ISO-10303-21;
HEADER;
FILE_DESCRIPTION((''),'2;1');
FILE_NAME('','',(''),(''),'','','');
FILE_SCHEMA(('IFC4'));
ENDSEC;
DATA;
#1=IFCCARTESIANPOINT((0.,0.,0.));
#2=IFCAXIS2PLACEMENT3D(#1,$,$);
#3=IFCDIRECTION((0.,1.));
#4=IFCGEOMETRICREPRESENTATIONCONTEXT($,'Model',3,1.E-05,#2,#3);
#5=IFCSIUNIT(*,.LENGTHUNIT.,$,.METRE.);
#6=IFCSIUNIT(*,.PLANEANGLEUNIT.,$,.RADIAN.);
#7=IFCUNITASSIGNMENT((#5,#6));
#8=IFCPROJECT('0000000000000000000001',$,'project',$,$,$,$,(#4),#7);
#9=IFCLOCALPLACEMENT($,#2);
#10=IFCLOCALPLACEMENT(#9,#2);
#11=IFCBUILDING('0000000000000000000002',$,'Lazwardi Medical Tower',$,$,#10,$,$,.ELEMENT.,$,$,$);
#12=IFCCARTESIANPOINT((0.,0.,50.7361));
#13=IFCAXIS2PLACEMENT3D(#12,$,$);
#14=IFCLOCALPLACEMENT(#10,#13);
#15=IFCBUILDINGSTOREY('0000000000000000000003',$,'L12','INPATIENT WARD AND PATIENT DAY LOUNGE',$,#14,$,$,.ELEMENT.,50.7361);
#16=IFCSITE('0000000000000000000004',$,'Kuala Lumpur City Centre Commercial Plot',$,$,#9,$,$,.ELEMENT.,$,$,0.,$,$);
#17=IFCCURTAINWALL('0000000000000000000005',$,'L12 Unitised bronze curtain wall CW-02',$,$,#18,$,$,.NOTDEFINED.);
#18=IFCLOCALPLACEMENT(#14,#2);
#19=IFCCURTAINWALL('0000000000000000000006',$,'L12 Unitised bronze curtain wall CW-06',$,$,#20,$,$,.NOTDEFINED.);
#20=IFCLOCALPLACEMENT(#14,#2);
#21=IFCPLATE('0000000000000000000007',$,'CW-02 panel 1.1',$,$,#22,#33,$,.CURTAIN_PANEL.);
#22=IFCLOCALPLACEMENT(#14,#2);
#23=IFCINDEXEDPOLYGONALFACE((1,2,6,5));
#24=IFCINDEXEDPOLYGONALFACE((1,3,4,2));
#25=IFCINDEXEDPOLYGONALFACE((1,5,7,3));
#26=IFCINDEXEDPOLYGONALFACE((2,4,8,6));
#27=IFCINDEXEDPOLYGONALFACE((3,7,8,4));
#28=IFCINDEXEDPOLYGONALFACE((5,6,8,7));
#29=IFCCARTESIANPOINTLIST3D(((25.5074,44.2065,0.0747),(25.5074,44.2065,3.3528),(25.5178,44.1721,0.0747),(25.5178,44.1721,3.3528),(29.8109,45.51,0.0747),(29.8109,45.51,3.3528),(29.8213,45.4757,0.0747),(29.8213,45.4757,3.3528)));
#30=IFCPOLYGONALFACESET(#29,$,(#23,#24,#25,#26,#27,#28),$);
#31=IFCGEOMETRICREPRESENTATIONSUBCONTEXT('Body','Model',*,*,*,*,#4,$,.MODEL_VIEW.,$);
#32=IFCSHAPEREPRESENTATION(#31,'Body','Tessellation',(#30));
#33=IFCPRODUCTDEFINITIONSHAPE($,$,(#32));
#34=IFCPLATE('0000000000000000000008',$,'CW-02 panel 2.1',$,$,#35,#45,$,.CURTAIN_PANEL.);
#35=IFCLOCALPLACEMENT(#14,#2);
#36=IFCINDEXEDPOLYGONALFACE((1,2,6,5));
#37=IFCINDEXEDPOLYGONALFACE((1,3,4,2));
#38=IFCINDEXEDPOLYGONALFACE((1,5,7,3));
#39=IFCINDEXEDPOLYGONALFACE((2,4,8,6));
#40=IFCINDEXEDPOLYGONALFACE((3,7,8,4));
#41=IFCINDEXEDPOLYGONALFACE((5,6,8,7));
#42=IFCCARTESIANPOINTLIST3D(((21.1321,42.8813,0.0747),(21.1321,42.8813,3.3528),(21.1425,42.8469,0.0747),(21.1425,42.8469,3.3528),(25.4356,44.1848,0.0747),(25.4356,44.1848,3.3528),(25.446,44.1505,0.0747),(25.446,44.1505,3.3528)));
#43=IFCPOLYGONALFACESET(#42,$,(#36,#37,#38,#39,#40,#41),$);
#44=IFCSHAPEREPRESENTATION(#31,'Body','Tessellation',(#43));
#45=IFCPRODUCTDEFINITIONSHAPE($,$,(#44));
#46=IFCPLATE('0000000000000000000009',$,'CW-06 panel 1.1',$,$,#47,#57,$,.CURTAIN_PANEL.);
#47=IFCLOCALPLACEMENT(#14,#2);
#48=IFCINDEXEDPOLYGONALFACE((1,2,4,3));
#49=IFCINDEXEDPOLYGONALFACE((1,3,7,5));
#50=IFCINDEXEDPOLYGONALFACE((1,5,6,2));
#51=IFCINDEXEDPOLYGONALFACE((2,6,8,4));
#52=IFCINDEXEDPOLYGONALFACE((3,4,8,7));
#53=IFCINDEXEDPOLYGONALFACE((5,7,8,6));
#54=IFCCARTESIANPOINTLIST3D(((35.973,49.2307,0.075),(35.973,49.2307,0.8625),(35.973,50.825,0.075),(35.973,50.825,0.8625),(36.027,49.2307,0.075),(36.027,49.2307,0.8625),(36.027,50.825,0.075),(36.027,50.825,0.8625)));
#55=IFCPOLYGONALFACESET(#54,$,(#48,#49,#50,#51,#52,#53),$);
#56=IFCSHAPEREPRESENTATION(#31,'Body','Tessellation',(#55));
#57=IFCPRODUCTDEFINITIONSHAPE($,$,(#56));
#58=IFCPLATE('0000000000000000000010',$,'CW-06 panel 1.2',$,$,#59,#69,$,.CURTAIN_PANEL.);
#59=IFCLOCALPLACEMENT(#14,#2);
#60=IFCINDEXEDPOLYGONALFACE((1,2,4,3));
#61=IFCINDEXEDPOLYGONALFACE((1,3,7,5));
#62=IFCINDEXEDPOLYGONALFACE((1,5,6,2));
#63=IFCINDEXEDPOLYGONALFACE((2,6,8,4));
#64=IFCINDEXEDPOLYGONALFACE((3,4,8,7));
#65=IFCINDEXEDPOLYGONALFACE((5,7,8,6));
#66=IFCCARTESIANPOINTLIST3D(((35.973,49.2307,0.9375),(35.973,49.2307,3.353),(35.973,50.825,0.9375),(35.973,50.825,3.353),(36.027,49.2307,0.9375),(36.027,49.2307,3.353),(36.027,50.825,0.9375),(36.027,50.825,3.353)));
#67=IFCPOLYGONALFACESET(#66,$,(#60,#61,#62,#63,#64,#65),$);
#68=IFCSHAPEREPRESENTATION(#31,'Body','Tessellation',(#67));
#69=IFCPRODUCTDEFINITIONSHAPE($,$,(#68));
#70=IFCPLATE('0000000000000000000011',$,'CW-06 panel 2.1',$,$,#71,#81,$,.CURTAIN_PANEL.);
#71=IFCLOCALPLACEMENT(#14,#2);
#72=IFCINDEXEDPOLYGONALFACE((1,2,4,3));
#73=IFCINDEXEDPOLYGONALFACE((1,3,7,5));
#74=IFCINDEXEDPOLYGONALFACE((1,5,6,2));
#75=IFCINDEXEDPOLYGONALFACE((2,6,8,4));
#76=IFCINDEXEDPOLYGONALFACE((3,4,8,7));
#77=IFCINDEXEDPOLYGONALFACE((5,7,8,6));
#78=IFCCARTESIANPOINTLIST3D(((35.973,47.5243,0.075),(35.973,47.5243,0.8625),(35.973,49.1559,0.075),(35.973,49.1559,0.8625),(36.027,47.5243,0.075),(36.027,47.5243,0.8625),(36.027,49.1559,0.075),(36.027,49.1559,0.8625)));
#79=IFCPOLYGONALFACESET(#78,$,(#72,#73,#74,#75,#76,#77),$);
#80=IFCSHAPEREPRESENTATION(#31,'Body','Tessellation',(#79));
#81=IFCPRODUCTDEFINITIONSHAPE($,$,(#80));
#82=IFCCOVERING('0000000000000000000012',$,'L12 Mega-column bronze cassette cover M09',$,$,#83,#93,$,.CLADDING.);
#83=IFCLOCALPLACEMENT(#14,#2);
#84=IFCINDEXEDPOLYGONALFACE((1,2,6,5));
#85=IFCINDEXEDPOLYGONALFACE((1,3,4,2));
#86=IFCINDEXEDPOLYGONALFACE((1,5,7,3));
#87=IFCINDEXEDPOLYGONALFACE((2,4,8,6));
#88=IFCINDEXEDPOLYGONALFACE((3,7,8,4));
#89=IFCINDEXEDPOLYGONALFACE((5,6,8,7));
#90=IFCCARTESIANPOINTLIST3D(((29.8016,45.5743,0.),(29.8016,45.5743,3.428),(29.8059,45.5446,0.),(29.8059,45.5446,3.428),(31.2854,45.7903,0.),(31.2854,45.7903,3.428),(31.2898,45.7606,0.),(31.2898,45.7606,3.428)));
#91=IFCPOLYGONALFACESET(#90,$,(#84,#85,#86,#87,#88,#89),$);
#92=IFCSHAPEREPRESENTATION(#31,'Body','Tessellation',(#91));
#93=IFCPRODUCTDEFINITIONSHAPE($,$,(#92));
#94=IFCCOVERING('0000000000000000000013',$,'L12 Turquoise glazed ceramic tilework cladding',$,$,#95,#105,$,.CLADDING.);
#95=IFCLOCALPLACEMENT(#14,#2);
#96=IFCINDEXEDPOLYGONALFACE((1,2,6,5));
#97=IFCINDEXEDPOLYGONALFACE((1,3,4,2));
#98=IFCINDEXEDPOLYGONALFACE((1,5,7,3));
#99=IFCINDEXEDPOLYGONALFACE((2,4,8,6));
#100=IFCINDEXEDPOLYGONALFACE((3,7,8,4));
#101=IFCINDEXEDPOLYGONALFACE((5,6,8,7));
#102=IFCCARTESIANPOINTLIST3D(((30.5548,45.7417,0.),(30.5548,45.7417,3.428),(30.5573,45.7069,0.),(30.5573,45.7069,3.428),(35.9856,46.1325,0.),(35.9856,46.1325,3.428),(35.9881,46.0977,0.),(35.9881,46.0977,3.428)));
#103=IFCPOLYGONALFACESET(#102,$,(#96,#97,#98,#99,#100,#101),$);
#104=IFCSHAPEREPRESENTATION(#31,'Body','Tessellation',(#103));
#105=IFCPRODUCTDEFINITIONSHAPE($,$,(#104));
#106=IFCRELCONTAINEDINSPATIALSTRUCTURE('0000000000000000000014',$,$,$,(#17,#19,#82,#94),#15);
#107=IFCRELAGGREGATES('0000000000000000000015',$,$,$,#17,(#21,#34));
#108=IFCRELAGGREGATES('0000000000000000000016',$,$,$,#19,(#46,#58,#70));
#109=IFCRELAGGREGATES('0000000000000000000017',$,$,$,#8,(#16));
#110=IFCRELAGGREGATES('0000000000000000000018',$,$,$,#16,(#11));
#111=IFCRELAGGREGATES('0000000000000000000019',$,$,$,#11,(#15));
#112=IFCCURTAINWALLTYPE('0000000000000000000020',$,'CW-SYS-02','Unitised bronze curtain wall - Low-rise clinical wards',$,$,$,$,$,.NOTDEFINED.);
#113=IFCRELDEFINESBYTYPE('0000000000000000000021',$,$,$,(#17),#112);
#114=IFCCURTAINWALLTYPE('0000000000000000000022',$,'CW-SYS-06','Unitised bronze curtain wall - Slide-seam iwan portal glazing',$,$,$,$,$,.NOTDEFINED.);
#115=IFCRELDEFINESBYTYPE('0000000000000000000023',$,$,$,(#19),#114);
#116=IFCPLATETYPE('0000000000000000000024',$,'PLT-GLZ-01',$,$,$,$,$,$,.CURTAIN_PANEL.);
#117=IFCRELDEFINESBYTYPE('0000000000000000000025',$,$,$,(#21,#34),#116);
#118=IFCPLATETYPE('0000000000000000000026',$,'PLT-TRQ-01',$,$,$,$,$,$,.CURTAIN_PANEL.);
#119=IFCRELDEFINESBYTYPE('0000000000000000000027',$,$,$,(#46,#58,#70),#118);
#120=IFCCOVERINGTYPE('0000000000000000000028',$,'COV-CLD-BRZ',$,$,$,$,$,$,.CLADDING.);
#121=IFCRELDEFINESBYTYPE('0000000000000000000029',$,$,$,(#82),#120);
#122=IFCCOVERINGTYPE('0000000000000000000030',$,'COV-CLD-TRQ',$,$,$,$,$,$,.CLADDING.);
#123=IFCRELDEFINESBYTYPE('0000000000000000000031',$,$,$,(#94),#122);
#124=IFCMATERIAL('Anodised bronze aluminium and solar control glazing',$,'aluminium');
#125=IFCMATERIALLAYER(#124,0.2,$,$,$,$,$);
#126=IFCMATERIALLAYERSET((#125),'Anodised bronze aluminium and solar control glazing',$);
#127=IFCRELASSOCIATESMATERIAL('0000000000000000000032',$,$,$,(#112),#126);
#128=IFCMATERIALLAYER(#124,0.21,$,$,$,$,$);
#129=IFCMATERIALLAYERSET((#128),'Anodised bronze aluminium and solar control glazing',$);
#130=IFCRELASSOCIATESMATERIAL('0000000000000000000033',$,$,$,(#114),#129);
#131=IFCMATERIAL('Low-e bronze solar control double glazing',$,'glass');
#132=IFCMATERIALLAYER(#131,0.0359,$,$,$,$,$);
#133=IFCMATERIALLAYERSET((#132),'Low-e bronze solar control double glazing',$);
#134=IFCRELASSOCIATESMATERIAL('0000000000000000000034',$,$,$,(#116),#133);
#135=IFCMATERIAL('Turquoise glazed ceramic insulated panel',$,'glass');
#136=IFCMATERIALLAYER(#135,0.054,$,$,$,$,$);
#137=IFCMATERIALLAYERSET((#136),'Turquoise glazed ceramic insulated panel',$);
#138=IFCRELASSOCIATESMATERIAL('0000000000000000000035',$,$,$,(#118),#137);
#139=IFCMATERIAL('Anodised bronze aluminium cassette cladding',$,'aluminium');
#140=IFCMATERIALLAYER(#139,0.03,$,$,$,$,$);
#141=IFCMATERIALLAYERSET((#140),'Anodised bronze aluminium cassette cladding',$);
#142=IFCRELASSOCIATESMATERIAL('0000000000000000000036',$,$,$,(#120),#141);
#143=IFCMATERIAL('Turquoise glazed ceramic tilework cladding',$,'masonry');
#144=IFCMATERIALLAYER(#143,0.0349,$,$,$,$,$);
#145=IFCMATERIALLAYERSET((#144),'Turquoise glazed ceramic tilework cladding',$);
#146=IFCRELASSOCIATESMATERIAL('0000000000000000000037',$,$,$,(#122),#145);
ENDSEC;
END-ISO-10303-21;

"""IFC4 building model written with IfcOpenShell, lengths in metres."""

from ifc_helpers import new_model, si_unit, direction, frame, origin, origin_2d, place, context, subcontext, project, spatial, rectangle, extrude, material, layer, layer_set, type_object, element, aggregate, save


model = new_model("IFC4")

# Units and contexts
model_context = context("Model", 3, precision=1e-05, world=origin(), true_north=direction((0.0, 1.0)))
body_context = subcontext(model_context, "Body", "Model", "MODEL_VIEW")
ifc_project = project(units=[si_unit("LENGTHUNIT", "METRE"), si_unit("PLANEANGLEUNIT", "RADIAN")], contexts=[model_context])

# Site, building, storey
site_placement = place(None, origin())
site = spatial("IfcSite", under=ifc_project, at=site_placement, Name="Kuala Lumpur City Centre Commercial Plot", CompositionType="ELEMENT", RefElevation=0.0)
building_placement = place(site_placement, origin())
building = spatial("IfcBuilding", under=site, at=building_placement, Name="Lazwardi Medical Tower", CompositionType="ELEMENT")
storey_placement = place(building_placement, frame((0.0, 0.0, 50.7361)))
storey = spatial("IfcBuildingStorey", under=building, at=storey_placement, Name="L12", Description="INPATIENT WARD AND PATIENT DAY LOUNGE", CompositionType="ELEMENT", Elevation=50.7361)

# Curtain walls
ifc_material_1 = material(Name="Anodised bronze aluminium and solar control glazing", Category="aluminium")
ifc_layer_1 = layer(ifc_material_1, 0.2)
ifc_layer_set_1 = layer_set([ifc_layer_1], Name="Anodised bronze aluminium and solar control glazing")
curtain_wall_type_1 = type_object("IfcCurtainWallType", Name="CW-SYS-02", Description="Unitised bronze curtain wall - Low-rise clinical wards", PredefinedType="NOTDEFINED", material=ifc_layer_set_1)
curtain_wall_1_placement = place(storey_placement, origin())
curtain_wall_1 = element("IfcCurtainWall", 1, at=curtain_wall_1_placement, inside=storey, type_object=curtain_wall_type_1, Name="L12 Unitised bronze curtain wall CW-02", PredefinedType="NOTDEFINED")
ifc_layer_2 = layer(ifc_material_1, 0.21)
ifc_layer_set_2 = layer_set([ifc_layer_2], Name="Anodised bronze aluminium and solar control glazing")
curtain_wall_type_2 = type_object("IfcCurtainWallType", Name="CW-SYS-06", Description="Unitised bronze curtain wall - Slide-seam iwan portal glazing", PredefinedType="NOTDEFINED", material=ifc_layer_set_2)
curtain_wall_2_placement = place(storey_placement, origin())
curtain_wall_2 = element("IfcCurtainWall", 2, at=curtain_wall_2_placement, inside=storey, type_object=curtain_wall_type_2, Name="L12 Unitised bronze curtain wall CW-06", PredefinedType="NOTDEFINED")

# Plates
ifc_material_2 = material(Name="Low-e bronze solar control double glazing", Category="glass")
ifc_layer_3 = layer(ifc_material_2, 0.0359)
ifc_layer_set_3 = layer_set([ifc_layer_3], Name="Low-e bronze solar control double glazing")
plate_type_1 = type_object("IfcPlateType", Name="PLT-GLZ-01", PredefinedType="CURTAIN_PANEL", material=ifc_layer_set_3)
plate_1_placement = place(storey_placement, frame((27.6643, 44.8411, 0.0747), z_axis=(0.0, 0.0, 1.0), x_axis=(-0.957058, -0.289896, 0.0)))
plate_1 = element("IfcPlate", 3, at=plate_1_placement, type_object=plate_type_1, Name="CW-02 panel 1.1", PredefinedType="CURTAIN_PANEL", context=body_context, shape_type="SweptSolid", body=[
    extrude(rectangle(XDim=4.4966, YDim=0.0359, at=origin_2d()), origin(), (0.0, 0.0, 1.0), 3.2781),
])
plate_2_placement = place(storey_placement, frame((23.2891, 43.5159, 0.0747), z_axis=(0.0, 0.0, 1.0), x_axis=(-0.957058, -0.289896, 0.0)))
plate_2 = element("IfcPlate", 4, at=plate_2_placement, type_object=plate_type_1, Name="CW-02 panel 2.1", PredefinedType="CURTAIN_PANEL", context=body_context, shape_type="SweptSolid", body=[
    extrude(rectangle(XDim=4.4966, YDim=0.0359, at=origin_2d()), origin(), (0.0, 0.0, 1.0), 3.2781),
])
aggregate(curtain_wall_1, [plate_1, plate_2])
ifc_material_3 = material(Name="Turquoise glazed ceramic insulated panel", Category="glass")
ifc_layer_4 = layer(ifc_material_3, 0.054)
ifc_layer_set_4 = layer_set([ifc_layer_4], Name="Turquoise glazed ceramic insulated panel")
plate_type_2 = type_object("IfcPlateType", Name="PLT-TRQ-01", PredefinedType="CURTAIN_PANEL", material=ifc_layer_set_4)
plate_3_placement = place(storey_placement, frame((36.0, 50.0278, 0.075), z_axis=(0.0, 0.0, 1.0), x_axis=(0.0, -1.0, 0.0)))
plate_3 = element("IfcPlate", 5, at=plate_3_placement, type_object=plate_type_2, Name="CW-06 panel 1.1", PredefinedType="CURTAIN_PANEL", context=body_context, shape_type="SweptSolid", body=[
    extrude(rectangle(XDim=1.5942, YDim=0.054, at=origin_2d()), origin(), (0.0, 0.0, 1.0), 0.7876),
])
plate_4_placement = place(storey_placement, frame((36.0, 50.0278, 0.9375), z_axis=(0.0, 0.0, 1.0), x_axis=(0.0, -1.0, 0.0)))
plate_4 = element("IfcPlate", 6, at=plate_4_placement, type_object=plate_type_2, Name="CW-06 panel 1.2", PredefinedType="CURTAIN_PANEL", context=body_context, shape_type="SweptSolid", body=[
    extrude(rectangle(XDim=1.5942, YDim=0.054, at=origin_2d()), origin(), (0.0, 0.0, 1.0), 2.4155),
])
plate_5_placement = place(storey_placement, frame((36.0, 48.3401, 0.075), z_axis=(0.0, 0.0, 1.0), x_axis=(0.0, -1.0, 0.0)))
plate_5 = element("IfcPlate", 7, at=plate_5_placement, type_object=plate_type_2, Name="CW-06 panel 2.1", PredefinedType="CURTAIN_PANEL", context=body_context, shape_type="SweptSolid", body=[
    extrude(rectangle(XDim=1.6316, YDim=0.054, at=origin_2d()), origin(), (0.0, 0.0, 1.0), 0.7876),
])
aggregate(curtain_wall_2, [plate_3, plate_4, plate_5])

# Coverings
ifc_material_4 = material(Name="Anodised bronze aluminium cassette cladding", Category="aluminium")
ifc_layer_5 = layer(ifc_material_4, 0.03)
ifc_layer_set_5 = layer_set([ifc_layer_5], Name="Anodised bronze aluminium cassette cladding")
covering_type_1 = type_object("IfcCoveringType", Name="COV-CLD-BRZ", PredefinedType="CLADDING", material=ifc_layer_set_5)
covering_1_placement = place(storey_placement, frame((30.5457, 45.6675, 0.0), z_axis=(0.0, 0.0, 1.0), x_axis=(-0.989573, -0.144035, 0.0)))
element("IfcCovering", 8, at=covering_1_placement, inside=storey, type_object=covering_type_1, Name="L12 Mega-column bronze cassette cover M09", PredefinedType="CLADDING", context=body_context, shape_type="SweptSolid", body=[
    extrude(rectangle(XDim=1.4995, YDim=0.03, at=origin_2d()), origin(), (0.0, 0.0, 1.0), 3.428),
])
ifc_material_5 = material(Name="Turquoise glazed ceramic tilework cladding", Category="masonry")
ifc_layer_6 = layer(ifc_material_5, 0.0349)
ifc_layer_set_6 = layer_set([ifc_layer_6], Name="Turquoise glazed ceramic tilework cladding")
covering_type_2 = type_object("IfcCoveringType", Name="COV-CLD-TRQ", PredefinedType="CLADDING", material=ifc_layer_set_6)
covering_2_placement = place(storey_placement, frame((33.2715, 45.9197, 0.0), z_axis=(0.0, 0.0, 1.0), x_axis=(-0.997421, -0.071774, 0.0)))
element("IfcCovering", 9, at=covering_2_placement, inside=storey, type_object=covering_type_2, Name="L12 Turquoise glazed ceramic tilework cladding", PredefinedType="CLADDING", context=body_context, shape_type="SweptSolid", body=[
    extrude(rectangle(XDim=5.4448, YDim=0.0349, at=origin_2d()), origin(), (0.0, 0.0, 1.0), 3.428),
])

save(model, "model.ifc")
